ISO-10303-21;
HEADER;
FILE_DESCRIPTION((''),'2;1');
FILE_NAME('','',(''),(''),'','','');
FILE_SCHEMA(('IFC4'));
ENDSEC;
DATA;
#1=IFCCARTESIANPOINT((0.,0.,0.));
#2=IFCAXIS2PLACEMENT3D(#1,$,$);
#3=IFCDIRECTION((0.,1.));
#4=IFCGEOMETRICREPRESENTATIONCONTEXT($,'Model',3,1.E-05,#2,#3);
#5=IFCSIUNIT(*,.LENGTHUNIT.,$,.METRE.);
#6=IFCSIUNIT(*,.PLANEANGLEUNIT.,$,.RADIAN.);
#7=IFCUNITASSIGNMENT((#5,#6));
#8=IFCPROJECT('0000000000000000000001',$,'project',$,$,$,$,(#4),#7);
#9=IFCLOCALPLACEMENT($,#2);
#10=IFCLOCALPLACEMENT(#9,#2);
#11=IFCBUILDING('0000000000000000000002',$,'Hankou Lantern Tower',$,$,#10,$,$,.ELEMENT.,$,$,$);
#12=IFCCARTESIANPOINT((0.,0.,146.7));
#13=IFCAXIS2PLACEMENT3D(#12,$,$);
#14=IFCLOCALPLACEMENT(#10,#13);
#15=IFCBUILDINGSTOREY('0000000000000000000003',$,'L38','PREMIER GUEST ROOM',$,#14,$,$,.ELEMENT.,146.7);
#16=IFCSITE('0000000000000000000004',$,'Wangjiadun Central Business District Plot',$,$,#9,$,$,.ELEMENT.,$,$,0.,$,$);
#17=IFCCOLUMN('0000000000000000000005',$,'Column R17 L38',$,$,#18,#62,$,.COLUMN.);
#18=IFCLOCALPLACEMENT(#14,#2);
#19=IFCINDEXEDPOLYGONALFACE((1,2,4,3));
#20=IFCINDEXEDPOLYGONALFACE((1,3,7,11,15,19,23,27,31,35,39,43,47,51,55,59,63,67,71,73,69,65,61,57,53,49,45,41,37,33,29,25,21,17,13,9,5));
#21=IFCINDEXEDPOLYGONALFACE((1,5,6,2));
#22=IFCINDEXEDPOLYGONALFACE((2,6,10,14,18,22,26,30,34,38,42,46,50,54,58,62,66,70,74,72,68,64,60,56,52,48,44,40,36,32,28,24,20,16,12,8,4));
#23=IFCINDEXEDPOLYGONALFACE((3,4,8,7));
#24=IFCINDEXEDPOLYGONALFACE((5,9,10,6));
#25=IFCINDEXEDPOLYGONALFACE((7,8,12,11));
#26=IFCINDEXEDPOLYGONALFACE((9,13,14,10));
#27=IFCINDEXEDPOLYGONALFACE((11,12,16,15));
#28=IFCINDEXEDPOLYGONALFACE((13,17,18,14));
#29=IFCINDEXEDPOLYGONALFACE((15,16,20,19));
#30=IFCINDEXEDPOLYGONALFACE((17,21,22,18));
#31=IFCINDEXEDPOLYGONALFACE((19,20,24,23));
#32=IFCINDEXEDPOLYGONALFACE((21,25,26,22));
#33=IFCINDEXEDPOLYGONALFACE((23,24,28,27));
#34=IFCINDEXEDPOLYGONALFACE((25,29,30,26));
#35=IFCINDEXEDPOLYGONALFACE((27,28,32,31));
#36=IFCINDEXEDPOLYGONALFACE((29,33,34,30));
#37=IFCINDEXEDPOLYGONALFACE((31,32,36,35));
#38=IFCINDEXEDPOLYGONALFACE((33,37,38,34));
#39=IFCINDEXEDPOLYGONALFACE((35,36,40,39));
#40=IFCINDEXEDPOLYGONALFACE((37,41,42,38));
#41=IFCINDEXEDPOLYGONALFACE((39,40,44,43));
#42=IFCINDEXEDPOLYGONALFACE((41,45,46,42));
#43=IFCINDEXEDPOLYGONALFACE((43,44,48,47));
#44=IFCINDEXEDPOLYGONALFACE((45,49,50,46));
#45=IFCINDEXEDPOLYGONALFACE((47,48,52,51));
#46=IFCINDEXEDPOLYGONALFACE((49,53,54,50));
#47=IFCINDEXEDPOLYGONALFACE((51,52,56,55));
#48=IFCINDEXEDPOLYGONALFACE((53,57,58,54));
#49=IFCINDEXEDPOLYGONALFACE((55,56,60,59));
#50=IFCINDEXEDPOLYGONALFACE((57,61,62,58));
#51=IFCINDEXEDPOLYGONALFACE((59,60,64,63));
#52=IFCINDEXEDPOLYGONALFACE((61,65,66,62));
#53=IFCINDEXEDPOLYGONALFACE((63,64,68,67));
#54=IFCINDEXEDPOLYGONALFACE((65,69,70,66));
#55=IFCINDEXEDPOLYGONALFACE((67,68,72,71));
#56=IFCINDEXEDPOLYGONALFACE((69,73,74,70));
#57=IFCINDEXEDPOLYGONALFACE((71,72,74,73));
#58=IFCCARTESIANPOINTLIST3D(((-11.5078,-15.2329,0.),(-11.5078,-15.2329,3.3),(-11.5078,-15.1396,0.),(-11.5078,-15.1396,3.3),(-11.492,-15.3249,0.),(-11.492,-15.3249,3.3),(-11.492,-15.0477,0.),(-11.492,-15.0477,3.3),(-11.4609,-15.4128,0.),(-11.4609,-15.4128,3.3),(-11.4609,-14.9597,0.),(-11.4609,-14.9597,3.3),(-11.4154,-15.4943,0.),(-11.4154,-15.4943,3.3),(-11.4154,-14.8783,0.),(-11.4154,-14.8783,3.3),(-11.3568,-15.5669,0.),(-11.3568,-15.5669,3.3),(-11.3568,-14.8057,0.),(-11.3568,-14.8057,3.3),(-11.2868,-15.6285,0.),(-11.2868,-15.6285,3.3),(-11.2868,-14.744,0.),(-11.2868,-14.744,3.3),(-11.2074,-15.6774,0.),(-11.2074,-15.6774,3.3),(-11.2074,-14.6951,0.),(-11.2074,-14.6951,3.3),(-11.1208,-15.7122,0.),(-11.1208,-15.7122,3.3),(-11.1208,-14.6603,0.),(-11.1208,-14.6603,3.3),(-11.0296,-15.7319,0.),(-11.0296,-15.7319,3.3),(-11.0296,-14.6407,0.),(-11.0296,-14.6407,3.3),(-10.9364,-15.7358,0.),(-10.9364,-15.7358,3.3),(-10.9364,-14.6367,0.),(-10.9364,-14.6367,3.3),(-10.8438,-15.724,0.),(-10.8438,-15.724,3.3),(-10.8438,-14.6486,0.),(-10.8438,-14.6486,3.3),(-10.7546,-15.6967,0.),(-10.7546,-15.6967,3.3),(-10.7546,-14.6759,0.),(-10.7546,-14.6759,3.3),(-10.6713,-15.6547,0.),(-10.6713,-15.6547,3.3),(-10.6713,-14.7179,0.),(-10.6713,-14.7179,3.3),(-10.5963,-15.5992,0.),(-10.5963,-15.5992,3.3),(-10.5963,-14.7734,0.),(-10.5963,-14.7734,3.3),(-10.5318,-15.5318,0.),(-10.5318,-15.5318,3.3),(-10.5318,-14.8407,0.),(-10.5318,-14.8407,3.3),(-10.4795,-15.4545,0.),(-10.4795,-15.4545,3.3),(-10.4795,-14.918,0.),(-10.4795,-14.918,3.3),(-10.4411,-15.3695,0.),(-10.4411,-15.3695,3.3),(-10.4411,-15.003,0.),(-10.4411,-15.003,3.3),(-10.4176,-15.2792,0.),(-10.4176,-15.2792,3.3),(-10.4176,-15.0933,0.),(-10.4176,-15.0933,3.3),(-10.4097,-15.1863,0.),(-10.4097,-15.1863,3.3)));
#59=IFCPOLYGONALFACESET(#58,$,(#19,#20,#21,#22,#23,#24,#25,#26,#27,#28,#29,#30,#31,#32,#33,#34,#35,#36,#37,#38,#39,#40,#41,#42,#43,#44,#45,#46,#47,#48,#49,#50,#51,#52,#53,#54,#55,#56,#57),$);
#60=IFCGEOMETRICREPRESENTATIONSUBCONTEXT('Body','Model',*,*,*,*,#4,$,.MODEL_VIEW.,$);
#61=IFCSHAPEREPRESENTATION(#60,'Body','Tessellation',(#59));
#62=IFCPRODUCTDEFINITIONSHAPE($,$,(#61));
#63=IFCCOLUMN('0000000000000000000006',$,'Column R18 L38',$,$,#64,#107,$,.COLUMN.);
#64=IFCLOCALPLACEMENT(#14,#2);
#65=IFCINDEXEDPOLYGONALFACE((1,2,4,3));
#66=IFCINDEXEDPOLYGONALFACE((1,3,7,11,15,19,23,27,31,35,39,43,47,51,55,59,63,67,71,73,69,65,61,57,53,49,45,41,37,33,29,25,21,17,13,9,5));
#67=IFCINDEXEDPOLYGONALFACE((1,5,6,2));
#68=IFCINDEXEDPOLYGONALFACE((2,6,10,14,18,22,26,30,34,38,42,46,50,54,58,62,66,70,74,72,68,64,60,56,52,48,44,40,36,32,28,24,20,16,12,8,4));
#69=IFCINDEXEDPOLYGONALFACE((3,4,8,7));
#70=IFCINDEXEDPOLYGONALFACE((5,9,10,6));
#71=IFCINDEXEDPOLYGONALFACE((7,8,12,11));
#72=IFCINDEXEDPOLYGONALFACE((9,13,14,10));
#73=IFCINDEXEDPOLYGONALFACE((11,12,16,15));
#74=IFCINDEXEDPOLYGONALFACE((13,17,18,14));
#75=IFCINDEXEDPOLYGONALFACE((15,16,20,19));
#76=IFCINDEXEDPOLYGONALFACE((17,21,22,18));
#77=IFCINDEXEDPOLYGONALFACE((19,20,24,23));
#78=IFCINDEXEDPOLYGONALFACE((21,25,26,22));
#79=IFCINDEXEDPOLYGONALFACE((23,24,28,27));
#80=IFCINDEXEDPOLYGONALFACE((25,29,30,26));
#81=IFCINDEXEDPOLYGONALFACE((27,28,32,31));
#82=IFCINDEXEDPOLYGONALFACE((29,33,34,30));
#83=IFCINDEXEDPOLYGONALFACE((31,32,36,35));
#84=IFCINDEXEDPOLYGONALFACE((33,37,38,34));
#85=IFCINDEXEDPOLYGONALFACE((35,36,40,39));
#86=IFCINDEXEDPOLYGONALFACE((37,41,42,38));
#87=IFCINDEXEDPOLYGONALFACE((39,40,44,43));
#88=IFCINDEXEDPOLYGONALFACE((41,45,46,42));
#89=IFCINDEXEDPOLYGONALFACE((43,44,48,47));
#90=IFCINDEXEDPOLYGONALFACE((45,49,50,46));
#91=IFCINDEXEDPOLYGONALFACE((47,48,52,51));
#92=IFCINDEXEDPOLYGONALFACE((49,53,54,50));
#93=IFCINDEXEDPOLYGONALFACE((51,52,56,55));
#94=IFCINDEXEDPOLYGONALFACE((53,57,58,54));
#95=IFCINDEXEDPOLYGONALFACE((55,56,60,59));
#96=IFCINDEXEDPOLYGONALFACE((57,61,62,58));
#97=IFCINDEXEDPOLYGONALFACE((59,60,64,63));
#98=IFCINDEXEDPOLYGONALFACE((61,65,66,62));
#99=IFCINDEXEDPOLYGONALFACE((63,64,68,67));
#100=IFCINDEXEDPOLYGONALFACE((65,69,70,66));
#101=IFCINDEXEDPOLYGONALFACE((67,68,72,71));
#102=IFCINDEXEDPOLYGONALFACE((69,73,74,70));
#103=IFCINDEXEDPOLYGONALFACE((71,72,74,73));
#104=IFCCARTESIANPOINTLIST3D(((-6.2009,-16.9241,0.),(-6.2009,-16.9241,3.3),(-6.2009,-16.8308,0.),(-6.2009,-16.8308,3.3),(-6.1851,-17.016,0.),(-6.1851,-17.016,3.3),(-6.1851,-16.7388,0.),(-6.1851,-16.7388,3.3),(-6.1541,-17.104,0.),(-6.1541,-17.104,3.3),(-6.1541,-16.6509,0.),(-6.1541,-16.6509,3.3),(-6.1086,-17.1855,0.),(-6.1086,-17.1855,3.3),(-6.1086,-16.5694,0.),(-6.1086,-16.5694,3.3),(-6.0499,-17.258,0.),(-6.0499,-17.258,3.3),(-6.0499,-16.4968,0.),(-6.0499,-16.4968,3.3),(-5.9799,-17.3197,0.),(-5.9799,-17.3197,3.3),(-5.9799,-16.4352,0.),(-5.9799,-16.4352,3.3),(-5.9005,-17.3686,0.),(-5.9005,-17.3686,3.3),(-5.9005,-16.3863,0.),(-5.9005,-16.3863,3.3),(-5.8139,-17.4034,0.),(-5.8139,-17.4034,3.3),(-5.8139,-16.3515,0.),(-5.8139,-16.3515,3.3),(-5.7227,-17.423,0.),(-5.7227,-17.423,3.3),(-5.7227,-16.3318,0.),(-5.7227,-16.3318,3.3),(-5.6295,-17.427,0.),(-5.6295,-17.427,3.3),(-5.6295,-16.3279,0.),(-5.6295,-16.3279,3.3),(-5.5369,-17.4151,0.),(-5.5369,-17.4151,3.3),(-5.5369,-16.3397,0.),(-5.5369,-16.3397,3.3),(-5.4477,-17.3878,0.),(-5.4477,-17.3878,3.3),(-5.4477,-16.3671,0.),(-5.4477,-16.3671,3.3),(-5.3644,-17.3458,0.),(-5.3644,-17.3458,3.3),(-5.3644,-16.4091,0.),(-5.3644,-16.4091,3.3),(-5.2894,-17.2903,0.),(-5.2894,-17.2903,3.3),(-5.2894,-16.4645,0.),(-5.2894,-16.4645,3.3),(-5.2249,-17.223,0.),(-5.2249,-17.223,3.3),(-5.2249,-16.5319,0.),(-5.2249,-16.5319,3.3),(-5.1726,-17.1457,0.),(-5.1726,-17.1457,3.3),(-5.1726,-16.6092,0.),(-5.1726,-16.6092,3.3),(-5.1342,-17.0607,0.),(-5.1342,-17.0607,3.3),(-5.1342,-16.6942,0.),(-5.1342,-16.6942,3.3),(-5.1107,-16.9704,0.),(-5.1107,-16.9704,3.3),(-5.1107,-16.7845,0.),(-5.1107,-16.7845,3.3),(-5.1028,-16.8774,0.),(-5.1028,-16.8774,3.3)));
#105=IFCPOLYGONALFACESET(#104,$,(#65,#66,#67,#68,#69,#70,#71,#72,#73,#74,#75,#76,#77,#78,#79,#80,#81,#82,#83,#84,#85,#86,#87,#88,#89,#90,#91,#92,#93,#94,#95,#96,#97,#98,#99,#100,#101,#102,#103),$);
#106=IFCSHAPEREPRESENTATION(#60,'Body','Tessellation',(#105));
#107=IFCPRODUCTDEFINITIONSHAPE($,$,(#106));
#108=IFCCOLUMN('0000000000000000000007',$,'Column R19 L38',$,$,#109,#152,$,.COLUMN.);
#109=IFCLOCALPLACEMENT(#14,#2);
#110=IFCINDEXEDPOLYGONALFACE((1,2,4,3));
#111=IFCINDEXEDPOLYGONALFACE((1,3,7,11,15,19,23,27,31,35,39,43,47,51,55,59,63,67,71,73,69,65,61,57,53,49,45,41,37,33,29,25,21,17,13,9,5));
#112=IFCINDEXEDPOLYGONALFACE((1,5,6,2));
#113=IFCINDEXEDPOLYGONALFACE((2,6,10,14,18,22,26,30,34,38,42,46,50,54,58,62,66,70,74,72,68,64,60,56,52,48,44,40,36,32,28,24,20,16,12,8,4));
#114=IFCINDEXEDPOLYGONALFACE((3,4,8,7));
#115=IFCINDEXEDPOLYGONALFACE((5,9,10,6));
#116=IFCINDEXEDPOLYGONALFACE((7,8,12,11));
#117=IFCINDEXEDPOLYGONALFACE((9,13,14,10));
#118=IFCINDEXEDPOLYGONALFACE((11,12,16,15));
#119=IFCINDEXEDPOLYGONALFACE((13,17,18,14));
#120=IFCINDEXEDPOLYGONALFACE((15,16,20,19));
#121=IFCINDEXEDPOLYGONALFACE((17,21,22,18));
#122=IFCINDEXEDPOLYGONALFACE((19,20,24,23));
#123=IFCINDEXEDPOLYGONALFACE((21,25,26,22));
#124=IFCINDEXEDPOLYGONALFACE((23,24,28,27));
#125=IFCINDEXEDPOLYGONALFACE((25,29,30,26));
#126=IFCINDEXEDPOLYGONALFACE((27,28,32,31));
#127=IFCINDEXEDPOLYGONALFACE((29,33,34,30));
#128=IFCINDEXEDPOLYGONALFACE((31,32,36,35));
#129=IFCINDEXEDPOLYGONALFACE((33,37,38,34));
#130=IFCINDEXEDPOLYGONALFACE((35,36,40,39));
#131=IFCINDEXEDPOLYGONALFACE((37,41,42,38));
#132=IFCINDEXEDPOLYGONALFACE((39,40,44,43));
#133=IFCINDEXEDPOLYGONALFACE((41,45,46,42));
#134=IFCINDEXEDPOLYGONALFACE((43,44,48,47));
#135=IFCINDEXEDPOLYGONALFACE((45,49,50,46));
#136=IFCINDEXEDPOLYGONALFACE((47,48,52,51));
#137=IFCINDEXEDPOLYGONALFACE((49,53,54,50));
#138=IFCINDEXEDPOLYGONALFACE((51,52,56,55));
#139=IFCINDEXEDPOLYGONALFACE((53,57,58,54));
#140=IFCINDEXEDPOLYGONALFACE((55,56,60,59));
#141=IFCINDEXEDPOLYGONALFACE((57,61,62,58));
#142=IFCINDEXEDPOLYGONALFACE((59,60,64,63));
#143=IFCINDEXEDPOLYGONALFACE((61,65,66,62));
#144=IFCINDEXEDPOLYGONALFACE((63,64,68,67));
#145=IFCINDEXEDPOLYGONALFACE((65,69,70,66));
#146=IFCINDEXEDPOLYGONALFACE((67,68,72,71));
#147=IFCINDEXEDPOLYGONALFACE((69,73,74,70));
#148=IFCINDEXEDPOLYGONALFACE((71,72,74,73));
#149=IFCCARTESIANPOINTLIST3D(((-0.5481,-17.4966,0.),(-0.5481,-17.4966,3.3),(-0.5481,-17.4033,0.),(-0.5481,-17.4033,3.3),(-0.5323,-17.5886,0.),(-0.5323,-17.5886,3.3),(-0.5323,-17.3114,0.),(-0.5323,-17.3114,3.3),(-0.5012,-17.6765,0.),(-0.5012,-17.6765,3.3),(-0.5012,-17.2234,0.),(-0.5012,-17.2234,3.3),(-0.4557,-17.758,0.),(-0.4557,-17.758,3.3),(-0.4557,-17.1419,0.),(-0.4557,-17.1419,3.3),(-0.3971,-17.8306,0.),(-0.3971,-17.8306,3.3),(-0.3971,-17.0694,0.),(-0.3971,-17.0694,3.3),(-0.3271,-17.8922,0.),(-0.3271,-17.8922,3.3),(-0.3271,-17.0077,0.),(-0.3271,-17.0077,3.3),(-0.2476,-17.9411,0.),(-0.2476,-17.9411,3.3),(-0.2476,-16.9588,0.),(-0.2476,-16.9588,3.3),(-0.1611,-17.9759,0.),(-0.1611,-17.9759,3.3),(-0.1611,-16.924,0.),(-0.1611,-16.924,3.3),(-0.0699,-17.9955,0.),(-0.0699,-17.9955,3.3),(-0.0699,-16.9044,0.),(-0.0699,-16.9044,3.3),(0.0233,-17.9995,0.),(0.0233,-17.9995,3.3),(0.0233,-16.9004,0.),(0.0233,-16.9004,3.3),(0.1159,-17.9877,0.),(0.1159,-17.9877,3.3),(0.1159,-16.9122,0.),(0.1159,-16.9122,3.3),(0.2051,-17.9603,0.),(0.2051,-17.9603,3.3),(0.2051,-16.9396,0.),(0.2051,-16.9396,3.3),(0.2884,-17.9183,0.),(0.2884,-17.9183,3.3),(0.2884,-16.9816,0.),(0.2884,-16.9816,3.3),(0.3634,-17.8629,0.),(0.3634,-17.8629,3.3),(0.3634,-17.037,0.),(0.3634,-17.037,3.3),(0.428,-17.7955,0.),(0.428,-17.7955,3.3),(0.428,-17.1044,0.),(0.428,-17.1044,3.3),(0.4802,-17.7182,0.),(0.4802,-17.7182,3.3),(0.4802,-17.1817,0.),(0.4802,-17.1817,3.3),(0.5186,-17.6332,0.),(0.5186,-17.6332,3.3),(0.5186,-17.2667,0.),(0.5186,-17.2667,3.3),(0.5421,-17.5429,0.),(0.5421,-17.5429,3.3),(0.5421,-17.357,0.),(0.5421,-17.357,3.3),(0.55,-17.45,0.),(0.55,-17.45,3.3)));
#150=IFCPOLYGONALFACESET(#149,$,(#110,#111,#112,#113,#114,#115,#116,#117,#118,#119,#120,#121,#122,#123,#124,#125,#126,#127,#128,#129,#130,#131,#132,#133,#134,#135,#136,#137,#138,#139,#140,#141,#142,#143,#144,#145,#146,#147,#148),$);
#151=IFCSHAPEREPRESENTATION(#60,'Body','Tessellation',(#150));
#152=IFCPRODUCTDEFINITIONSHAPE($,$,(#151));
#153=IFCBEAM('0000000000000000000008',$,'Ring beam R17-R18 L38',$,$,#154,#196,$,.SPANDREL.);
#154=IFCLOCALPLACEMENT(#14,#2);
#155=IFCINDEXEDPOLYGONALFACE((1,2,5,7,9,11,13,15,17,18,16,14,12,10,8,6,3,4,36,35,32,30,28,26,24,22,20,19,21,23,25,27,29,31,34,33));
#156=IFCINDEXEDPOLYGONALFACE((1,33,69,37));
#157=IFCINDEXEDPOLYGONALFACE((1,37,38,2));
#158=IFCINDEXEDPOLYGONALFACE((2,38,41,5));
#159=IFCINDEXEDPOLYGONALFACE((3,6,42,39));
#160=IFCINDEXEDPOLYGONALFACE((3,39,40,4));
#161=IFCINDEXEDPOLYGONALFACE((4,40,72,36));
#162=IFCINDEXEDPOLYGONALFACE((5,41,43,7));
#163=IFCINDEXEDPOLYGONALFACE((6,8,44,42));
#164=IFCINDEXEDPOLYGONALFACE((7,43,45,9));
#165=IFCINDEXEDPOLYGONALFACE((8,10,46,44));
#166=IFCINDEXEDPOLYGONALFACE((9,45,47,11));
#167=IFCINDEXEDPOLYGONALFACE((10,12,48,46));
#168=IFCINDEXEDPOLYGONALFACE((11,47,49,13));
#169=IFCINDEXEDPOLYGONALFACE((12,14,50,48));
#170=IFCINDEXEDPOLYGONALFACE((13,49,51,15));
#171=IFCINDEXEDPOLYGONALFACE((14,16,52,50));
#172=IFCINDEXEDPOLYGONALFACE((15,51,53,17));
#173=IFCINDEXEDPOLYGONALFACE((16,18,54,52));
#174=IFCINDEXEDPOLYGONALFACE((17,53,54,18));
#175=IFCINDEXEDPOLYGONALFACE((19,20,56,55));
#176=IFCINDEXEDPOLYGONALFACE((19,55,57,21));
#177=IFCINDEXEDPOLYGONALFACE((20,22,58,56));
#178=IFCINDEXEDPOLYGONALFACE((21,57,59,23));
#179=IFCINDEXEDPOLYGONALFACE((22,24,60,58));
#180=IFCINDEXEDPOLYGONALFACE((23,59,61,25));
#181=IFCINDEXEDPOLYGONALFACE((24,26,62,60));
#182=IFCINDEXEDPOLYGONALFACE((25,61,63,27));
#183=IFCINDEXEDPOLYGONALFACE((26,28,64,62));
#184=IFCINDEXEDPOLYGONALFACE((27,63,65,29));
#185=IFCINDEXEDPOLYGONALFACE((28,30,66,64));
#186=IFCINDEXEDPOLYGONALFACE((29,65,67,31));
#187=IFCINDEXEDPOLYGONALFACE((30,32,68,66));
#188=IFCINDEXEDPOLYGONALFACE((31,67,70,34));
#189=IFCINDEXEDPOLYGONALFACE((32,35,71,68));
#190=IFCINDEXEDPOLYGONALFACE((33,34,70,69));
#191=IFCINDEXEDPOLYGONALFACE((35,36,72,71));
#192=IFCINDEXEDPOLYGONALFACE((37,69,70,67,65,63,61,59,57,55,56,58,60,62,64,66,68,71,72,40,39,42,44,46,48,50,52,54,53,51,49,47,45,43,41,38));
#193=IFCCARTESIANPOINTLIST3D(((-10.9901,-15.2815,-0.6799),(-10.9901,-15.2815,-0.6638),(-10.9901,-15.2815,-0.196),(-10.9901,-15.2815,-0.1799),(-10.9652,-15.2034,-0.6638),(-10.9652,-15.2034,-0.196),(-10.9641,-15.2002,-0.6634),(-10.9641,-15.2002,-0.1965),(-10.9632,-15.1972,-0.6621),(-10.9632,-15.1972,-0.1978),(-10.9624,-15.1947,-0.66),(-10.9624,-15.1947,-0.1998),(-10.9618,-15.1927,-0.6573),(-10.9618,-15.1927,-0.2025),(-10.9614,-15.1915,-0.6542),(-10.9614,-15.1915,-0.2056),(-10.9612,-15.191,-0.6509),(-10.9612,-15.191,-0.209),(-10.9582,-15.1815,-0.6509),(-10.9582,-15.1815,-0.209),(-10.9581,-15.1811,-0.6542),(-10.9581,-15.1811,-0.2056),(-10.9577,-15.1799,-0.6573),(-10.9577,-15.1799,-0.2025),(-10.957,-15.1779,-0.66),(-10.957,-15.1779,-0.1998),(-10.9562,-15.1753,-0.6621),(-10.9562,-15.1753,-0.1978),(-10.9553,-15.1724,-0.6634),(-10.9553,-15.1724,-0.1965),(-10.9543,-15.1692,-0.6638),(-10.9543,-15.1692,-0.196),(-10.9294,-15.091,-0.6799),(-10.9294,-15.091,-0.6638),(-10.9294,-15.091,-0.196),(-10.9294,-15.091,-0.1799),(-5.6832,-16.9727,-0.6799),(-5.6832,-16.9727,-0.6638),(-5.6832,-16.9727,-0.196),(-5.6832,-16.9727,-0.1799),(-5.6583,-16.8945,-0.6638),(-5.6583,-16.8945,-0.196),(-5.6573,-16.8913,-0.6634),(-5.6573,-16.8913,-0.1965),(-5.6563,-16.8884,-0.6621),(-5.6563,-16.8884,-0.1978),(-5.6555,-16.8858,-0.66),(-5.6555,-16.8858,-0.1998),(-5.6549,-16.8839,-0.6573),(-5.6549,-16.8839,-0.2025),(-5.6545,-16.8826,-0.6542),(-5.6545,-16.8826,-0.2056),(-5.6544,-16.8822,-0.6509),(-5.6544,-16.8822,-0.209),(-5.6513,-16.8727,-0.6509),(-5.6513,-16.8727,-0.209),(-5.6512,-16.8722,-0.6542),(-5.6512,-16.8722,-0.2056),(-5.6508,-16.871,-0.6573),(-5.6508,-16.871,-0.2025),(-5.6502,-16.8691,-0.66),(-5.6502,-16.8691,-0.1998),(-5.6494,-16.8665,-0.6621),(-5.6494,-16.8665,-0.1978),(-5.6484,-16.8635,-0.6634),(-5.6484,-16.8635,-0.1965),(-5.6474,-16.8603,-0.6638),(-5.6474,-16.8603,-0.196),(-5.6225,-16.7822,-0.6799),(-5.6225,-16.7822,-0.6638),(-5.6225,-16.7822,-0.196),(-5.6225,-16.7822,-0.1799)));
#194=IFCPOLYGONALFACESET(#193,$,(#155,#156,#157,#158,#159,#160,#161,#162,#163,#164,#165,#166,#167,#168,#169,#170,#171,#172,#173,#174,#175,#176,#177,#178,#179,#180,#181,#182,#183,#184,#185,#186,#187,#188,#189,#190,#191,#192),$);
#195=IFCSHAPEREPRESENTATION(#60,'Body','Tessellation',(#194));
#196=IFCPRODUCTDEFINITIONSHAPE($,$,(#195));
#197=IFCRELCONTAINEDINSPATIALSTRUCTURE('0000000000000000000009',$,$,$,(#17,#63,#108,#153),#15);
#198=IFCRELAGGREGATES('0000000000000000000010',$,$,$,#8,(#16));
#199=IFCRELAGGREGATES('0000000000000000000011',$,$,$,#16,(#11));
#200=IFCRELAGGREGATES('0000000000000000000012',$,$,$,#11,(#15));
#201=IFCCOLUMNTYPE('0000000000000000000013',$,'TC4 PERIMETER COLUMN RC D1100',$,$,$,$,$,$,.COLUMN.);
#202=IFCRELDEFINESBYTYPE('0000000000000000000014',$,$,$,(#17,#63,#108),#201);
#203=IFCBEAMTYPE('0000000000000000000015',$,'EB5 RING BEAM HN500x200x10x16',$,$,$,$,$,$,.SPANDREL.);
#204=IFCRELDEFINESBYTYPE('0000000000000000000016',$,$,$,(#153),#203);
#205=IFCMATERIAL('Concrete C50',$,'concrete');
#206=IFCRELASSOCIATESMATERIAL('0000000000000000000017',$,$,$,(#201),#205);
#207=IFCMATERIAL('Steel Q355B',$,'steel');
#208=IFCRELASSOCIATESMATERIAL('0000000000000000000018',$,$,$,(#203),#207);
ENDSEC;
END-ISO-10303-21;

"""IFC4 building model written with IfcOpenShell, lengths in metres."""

from ifc_helpers import new_model, si_unit, direction, frame, origin, origin_2d, place, context, subcontext, project, spatial, circle, i_section, extrude, material, material_profile, profile_set, type_object, element, save


model = new_model("IFC4")

# Units and contexts
model_context = context("Model", 3, precision=1e-05, world=origin(), true_north=direction((0.0, 1.0)))
body_context = subcontext(model_context, "Body", "Model", "MODEL_VIEW")
ifc_project = project(units=[si_unit("LENGTHUNIT", "METRE"), si_unit("PLANEANGLEUNIT", "RADIAN")], contexts=[model_context])

# Site, building, storey
site_placement = place(None, origin())
site = spatial("IfcSite", under=ifc_project, at=site_placement, Name="Wangjiadun Central Business District Plot", CompositionType="ELEMENT", RefElevation=0.0)
building_placement = place(site_placement, origin())
building = spatial("IfcBuilding", under=site, at=building_placement, Name="Hankou Lantern Tower", CompositionType="ELEMENT")
storey_placement = place(building_placement, frame((0.0, 0.0, 146.7)))
storey = spatial("IfcBuildingStorey", under=building, at=storey_placement, Name="L38", Description="PREMIER GUEST ROOM", CompositionType="ELEMENT", Elevation=146.7)

# Columns
ifc_material_1 = material(Name="Concrete C50", Category="concrete")
ifc_material_profile_1 = material_profile(ifc_material_1, circle(Radius=0.55, at=origin_2d()), Name="RC D1100")
ifc_profile_set_1 = profile_set([ifc_material_profile_1], Name="Concrete C50")
column_type = type_object("IfcColumnType", Name="TC4 PERIMETER COLUMN RC D1100", PredefinedType="COLUMN", material=ifc_profile_set_1)
for number, where, z_axis, x_axis, name in (
    (1, (-10.9597, -15.1863, 0.0), (0.0, 0.0, 1.0), (1.0, 0.0, 0.0), "Column R17 L38"),
    (2, (-5.6528, -16.8774, 0.0), (0.0, 0.0, 1.0), (1.0, 0.0, 0.0), "Column R18 L38"),
    (3, (0.0, -17.45, 0.0), (0.0, 0.0, 1.0), (1.0, 0.0, 0.0), "Column R19 L38"),
):
    element("IfcColumn", number, at=place(storey_placement, frame(where, z_axis=z_axis, x_axis=x_axis)), inside=storey, type_object=column_type, Name=name, PredefinedType="COLUMN", context=body_context, shape_type="SweptSolid", body=[
        extrude(circle(Radius=0.55, at=origin_2d()), origin(), (0.0, 0.0, 1.0), 3.3),
    ])

# Beam
ifc_material_2 = material(Name="Steel Q355B", Category="steel")
ifc_material_profile_2 = material_profile(ifc_material_2, i_section(OverallWidth=0.2, OverallDepth=0.5, WebThickness=0.01, FlangeThickness=0.0161, FilletRadius=0.0129, at=origin_2d()), Name="HN500x200x10x16")
ifc_profile_set_2 = profile_set([ifc_material_profile_2], Name="Steel Q355B")
beam_type = type_object("IfcBeamType", Name="EB5 RING BEAM HN500x200x10x16", PredefinedType="SPANDREL", material=ifc_profile_set_2)
beam_1_placement = place(storey_placement, frame((-10.9597, -15.1863, -0.4299), z_axis=(0.95279, -0.303629, 0.0), x_axis=(0.303629, 0.95279, 0.0)))
element("IfcBeam", 4, at=beam_1_placement, inside=storey, type_object=beam_type, Name="Ring beam R17-R18 L38", PredefinedType="SPANDREL", context=body_context, shape_type="SweptSolid", body=[
    extrude(i_section(OverallWidth=0.2, OverallDepth=0.5, WebThickness=0.01, FlangeThickness=0.0161, FilletRadius=0.0129, at=origin_2d()), origin(), (0.0, 0.0, 1.0), 5.5698),
])

save(model, "model.ifc")
